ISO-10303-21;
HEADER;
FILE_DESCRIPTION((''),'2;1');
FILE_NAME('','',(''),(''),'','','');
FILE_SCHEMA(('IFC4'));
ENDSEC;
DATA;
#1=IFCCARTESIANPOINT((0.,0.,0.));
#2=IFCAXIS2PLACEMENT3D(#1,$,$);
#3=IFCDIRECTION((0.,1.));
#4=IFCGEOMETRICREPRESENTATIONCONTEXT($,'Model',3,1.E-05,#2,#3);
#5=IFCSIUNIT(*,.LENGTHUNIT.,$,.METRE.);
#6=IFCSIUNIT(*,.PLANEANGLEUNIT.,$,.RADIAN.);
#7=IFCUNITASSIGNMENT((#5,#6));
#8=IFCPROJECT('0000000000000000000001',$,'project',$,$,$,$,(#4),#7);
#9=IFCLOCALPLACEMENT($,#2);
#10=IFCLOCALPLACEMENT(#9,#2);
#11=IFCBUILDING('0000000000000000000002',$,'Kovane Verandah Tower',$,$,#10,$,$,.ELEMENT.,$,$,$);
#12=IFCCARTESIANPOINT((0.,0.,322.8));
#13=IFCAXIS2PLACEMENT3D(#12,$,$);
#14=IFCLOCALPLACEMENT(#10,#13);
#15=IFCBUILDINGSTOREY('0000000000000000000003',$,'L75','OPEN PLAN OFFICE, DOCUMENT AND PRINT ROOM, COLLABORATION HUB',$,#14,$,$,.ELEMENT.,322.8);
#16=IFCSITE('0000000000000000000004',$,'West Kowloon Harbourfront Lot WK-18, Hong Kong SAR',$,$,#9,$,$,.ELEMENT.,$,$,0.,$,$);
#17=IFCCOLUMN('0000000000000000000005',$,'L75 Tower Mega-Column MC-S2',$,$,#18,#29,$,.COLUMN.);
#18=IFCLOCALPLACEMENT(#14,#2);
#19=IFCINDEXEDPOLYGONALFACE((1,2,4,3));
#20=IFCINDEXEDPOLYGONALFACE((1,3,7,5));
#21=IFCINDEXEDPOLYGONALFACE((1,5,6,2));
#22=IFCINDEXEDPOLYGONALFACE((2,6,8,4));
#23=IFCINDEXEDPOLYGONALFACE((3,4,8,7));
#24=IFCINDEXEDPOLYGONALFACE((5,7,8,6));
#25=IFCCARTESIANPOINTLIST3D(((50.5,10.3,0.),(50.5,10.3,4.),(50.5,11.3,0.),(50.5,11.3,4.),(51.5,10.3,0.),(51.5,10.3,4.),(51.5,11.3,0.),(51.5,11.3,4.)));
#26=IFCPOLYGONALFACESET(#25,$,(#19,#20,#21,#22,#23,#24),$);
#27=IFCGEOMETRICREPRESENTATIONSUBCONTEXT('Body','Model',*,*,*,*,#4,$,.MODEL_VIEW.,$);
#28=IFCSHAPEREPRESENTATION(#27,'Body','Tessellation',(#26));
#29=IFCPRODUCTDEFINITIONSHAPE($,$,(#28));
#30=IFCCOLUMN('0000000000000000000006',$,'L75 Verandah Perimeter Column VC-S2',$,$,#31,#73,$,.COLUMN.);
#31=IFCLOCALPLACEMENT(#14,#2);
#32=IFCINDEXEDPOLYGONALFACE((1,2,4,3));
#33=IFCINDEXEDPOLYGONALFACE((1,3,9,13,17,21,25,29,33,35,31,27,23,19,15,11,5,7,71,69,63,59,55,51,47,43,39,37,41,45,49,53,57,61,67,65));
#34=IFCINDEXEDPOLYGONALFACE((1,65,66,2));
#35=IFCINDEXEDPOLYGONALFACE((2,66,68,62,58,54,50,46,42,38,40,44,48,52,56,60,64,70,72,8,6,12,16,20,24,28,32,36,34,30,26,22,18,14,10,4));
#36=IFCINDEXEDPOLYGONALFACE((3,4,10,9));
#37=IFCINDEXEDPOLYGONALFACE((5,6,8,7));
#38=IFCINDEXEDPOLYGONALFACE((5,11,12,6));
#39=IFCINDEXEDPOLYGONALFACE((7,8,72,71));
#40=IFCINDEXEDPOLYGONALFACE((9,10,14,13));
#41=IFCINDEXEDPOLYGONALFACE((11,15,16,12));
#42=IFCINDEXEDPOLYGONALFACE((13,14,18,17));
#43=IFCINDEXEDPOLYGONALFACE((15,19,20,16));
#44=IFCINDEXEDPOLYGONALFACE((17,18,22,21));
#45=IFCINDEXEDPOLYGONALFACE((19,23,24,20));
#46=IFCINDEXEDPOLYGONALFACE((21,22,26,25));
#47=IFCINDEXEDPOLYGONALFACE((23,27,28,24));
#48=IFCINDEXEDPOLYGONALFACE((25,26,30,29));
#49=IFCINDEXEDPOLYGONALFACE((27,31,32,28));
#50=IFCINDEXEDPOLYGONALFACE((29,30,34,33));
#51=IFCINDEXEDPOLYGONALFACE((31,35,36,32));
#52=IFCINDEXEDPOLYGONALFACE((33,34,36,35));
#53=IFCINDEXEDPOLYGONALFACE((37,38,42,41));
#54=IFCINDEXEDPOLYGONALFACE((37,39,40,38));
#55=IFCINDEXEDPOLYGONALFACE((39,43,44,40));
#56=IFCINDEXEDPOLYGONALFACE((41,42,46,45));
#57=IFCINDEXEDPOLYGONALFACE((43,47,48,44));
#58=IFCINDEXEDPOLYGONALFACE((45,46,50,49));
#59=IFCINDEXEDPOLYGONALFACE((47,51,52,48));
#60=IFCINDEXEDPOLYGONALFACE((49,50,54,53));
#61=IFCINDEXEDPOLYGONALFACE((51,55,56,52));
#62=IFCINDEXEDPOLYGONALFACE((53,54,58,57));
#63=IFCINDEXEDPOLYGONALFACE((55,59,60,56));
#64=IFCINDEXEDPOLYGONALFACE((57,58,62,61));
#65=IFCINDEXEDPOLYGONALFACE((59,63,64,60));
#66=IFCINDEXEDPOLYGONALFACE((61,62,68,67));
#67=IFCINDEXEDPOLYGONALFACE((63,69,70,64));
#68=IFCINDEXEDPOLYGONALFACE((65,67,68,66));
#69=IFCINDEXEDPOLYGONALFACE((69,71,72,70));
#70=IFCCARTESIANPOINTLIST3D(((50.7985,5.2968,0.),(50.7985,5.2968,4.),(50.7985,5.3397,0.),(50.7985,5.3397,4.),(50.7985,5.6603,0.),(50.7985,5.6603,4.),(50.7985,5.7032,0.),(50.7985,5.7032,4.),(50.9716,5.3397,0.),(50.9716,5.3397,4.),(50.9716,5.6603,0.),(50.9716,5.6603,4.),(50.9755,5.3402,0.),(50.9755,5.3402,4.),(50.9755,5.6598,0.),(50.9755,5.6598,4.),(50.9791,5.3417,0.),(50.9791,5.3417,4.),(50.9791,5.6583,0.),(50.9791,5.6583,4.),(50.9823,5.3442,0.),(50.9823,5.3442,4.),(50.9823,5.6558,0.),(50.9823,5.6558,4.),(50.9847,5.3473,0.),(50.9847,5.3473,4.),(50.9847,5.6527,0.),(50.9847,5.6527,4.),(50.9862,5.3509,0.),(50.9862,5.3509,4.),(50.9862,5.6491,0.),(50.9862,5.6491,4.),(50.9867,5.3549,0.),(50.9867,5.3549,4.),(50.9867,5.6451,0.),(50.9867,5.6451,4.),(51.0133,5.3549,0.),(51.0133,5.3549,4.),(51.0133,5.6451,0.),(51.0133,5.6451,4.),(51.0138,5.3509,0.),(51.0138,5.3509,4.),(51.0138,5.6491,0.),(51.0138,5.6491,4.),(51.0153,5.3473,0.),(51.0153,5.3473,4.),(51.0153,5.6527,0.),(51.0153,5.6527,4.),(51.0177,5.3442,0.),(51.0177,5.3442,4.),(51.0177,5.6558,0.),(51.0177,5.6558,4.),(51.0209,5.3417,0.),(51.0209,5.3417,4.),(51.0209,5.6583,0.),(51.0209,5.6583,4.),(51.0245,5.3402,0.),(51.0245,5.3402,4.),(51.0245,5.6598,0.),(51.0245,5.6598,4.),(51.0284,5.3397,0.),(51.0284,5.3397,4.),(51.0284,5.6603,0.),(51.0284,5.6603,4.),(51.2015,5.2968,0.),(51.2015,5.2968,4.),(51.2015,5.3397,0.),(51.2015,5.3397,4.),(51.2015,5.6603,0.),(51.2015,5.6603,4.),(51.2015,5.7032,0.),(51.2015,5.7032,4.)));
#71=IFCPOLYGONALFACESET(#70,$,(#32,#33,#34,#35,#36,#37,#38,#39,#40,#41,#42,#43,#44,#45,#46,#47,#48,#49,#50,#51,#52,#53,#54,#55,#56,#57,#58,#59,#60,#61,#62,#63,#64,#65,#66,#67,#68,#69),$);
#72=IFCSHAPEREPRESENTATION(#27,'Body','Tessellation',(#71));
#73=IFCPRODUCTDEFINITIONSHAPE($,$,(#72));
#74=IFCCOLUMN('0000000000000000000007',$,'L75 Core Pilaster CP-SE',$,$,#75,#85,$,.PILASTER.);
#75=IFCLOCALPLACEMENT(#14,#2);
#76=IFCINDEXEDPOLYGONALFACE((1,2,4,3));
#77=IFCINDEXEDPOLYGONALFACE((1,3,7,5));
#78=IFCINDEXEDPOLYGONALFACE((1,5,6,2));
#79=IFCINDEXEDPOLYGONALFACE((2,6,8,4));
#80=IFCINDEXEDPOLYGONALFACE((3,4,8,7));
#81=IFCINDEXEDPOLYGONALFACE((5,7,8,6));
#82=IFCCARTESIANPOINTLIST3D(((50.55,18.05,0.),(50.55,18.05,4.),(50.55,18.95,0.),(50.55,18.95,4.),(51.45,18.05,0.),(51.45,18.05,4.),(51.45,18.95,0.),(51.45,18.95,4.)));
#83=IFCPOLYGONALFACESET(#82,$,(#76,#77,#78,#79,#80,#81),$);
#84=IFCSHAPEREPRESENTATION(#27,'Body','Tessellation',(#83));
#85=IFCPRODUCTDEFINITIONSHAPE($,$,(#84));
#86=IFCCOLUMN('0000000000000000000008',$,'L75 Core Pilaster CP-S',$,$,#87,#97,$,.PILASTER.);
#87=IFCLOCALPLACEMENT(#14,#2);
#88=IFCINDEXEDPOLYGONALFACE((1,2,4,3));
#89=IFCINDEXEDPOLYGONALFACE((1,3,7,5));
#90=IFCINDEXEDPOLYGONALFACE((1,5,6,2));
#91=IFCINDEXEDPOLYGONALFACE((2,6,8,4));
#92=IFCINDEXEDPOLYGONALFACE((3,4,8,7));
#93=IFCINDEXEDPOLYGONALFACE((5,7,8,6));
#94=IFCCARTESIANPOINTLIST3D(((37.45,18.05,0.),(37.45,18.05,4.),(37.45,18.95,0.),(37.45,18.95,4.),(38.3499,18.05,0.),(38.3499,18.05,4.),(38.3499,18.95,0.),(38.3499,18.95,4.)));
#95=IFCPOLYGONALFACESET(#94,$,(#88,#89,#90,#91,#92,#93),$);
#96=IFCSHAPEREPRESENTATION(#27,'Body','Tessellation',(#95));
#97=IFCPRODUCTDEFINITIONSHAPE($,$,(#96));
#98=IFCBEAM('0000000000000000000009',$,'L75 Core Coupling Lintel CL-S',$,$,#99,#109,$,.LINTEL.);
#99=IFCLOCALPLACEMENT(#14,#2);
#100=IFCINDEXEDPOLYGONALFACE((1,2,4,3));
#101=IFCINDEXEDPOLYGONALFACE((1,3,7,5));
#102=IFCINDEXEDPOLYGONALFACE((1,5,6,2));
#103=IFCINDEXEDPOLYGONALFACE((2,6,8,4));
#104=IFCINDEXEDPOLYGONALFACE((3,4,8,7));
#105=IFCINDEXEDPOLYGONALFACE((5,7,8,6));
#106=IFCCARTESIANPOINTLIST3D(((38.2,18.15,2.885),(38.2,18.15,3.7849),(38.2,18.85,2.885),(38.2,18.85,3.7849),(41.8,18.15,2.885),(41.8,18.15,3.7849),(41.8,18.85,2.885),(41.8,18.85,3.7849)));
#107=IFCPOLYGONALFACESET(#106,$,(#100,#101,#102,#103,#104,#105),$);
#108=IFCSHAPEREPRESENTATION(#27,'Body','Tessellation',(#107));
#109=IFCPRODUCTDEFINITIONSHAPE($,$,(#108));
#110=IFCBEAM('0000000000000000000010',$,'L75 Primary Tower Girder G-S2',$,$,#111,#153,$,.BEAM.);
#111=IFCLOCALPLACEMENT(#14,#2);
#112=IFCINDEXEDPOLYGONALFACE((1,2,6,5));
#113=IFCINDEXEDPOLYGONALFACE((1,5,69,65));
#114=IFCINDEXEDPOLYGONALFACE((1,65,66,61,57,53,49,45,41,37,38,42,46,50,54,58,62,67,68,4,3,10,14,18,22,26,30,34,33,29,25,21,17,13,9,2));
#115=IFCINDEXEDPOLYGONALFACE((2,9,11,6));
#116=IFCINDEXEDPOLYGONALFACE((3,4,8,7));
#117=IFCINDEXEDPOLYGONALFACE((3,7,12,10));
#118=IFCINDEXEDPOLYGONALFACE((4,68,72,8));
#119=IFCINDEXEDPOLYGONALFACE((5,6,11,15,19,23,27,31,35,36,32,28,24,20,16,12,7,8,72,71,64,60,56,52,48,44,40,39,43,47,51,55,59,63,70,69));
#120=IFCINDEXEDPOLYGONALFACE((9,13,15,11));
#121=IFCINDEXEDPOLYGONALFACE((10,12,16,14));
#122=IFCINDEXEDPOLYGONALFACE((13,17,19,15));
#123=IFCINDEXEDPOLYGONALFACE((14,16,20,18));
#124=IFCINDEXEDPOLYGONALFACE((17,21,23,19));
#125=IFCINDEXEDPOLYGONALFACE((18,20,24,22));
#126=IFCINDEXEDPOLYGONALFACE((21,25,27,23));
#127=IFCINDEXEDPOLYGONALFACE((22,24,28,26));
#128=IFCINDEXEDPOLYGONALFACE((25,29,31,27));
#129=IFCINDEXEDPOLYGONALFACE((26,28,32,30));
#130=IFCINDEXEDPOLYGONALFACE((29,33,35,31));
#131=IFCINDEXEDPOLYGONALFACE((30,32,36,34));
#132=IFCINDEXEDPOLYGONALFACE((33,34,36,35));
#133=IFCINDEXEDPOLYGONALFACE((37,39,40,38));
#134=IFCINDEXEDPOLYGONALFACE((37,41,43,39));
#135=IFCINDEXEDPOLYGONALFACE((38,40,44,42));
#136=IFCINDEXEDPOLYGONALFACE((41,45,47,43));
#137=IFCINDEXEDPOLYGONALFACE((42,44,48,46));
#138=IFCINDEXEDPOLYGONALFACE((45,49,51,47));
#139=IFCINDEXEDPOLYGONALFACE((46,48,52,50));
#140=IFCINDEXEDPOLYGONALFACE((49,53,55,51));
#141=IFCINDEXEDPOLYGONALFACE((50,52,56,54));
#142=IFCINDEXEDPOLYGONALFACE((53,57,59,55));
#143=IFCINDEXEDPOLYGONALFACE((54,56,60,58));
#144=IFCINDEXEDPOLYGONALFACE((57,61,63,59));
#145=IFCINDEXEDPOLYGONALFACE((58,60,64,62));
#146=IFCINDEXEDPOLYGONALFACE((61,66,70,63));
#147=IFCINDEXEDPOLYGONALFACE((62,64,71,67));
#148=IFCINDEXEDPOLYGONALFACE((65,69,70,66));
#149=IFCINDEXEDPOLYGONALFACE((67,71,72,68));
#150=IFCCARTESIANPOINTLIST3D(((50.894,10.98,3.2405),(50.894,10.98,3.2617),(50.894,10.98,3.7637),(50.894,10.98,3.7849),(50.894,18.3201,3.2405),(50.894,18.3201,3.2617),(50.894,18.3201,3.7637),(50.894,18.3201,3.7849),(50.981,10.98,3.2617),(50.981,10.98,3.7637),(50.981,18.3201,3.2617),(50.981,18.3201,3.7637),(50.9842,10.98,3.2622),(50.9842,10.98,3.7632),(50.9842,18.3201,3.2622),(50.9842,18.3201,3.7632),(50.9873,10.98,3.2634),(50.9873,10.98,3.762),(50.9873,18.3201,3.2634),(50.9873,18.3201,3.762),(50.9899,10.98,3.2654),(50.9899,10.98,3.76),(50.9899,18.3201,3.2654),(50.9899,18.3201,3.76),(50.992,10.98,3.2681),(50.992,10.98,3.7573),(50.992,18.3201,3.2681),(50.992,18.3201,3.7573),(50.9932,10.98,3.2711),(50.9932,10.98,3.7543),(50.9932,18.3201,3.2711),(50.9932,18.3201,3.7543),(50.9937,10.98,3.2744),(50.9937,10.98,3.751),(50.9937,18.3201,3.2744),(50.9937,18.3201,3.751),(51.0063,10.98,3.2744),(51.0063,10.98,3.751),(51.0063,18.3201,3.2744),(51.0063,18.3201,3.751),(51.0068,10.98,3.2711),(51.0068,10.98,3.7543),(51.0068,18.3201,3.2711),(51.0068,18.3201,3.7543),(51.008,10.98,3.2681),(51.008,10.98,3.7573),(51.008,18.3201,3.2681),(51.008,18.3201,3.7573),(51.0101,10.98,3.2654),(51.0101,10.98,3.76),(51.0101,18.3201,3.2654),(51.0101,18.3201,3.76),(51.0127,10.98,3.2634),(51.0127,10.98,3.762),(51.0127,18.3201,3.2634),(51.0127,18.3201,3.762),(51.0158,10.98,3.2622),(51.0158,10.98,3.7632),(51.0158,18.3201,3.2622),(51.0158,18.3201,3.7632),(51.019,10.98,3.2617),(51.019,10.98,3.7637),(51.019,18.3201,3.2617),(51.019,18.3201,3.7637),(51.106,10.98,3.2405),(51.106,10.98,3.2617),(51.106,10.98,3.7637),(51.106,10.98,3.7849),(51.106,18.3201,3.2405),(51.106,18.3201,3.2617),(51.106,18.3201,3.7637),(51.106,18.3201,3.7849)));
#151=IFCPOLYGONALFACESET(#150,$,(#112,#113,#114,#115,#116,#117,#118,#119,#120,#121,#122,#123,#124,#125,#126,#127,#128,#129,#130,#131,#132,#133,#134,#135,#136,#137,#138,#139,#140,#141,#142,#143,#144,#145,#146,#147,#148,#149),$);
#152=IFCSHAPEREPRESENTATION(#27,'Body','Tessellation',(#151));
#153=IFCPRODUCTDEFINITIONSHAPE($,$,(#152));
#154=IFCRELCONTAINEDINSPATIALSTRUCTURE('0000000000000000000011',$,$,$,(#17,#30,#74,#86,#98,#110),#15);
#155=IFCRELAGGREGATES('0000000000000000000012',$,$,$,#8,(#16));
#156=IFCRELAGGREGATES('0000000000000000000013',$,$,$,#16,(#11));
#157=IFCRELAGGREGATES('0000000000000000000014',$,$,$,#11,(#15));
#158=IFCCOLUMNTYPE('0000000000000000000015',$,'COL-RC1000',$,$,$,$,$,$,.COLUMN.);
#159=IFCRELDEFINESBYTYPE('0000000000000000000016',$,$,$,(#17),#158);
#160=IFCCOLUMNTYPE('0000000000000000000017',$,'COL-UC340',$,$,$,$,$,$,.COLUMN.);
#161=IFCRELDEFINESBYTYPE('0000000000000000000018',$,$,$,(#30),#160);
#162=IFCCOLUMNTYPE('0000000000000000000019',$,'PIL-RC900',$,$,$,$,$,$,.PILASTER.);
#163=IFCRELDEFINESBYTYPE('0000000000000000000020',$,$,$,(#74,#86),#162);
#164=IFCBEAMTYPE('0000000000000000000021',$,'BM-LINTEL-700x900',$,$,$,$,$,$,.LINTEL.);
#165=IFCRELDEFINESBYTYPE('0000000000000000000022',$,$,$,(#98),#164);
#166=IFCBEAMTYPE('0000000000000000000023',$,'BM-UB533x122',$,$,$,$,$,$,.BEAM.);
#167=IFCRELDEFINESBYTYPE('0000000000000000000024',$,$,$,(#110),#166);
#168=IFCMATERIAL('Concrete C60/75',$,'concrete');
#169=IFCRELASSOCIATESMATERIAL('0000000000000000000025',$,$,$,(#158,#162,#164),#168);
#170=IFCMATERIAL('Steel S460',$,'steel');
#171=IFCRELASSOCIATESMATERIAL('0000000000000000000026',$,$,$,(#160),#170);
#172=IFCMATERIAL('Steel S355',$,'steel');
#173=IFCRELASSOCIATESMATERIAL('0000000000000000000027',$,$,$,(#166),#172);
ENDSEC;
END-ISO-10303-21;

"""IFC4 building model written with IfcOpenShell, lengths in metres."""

from ifc_helpers import new_model, si_unit, direction, frame, origin, origin_2d, place, context, subcontext, project, spatial, rectangle, i_section, extrude, material, material_profile, profile_set, type_object, element, save


model = new_model("IFC4")

# Units and contexts
model_context = context("Model", 3, precision=1e-05, world=origin(), true_north=direction((0.0, 1.0)))
body_context = subcontext(model_context, "Body", "Model", "MODEL_VIEW")
ifc_project = project(units=[si_unit("LENGTHUNIT", "METRE"), si_unit("PLANEANGLEUNIT", "RADIAN")], contexts=[model_context])

# Site, building, storey
site_placement = place(None, origin())
site = spatial("IfcSite", under=ifc_project, at=site_placement, Name="West Kowloon Harbourfront Lot WK-18, Hong Kong SAR", CompositionType="ELEMENT", RefElevation=0.0)
building_placement = place(site_placement, origin())
building = spatial("IfcBuilding", under=site, at=building_placement, Name="Kovane Verandah Tower", CompositionType="ELEMENT")
storey_placement = place(building_placement, frame((0.0, 0.0, 322.8)))
storey = spatial("IfcBuildingStorey", under=building, at=storey_placement, Name="L75", Description="OPEN PLAN OFFICE, DOCUMENT AND PRINT ROOM, COLLABORATION HUB", CompositionType="ELEMENT", Elevation=322.8)

# Columns
ifc_material_1 = material(Name="Concrete C60/75", Category="concrete")
ifc_material_profile_1 = material_profile(ifc_material_1, rectangle(XDim=1.0, YDim=1.0, at=origin_2d()), Name="RC1000x1000")
ifc_profile_set_1 = profile_set([ifc_material_profile_1], Name="Concrete C60/75")
column_type_1 = type_object("IfcColumnType", Name="COL-RC1000", PredefinedType="COLUMN", material=ifc_profile_set_1)
column_1_placement = place(storey_placement, frame((51.0, 10.8, 0.0), z_axis=(0.0, 0.0, 1.0), x_axis=(1.0, 0.0, 0.0)))
element("IfcColumn", 1, at=column_1_placement, inside=storey, type_object=column_type_1, Name="L75 Tower Mega-Column MC-S2", PredefinedType="COLUMN", context=body_context, shape_type="SweptSolid", body=[
    extrude(rectangle(XDim=1.0, YDim=1.0, at=origin_2d()), origin(), (0.0, 0.0, 1.0), 4.0),
])
ifc_material_2 = material(Name="Steel S460", Category="steel")
ifc_material_profile_2 = material_profile(ifc_material_2, i_section(OverallWidth=0.4031, OverallDepth=0.4065, WebThickness=0.0266, FlangeThickness=0.043, FilletRadius=0.0151, at=origin_2d()), Name="UC356x406x340")
ifc_profile_set_2 = profile_set([ifc_material_profile_2], Name="Steel S460")
column_type_2 = type_object("IfcColumnType", Name="COL-UC340", PredefinedType="COLUMN", material=ifc_profile_set_2)
column_2_placement = place(storey_placement, frame((51.0, 5.5, 0.0), z_axis=(0.0, 0.0, 1.0), x_axis=(1.0, 0.0, 0.0)))
element("IfcColumn", 2, at=column_2_placement, inside=storey, type_object=column_type_2, Name="L75 Verandah Perimeter Column VC-S2", PredefinedType="COLUMN", context=body_context, shape_type="SweptSolid", body=[
    extrude(i_section(OverallWidth=0.4031, OverallDepth=0.4065, WebThickness=0.0266, FlangeThickness=0.043, FilletRadius=0.0151, at=origin_2d()), origin(), (0.0, 0.0, 1.0), 4.0),
])
ifc_material_profile_3 = material_profile(ifc_material_1, rectangle(XDim=0.8999, YDim=0.8999, at=origin_2d()), Name="RC900x900")
ifc_profile_set_3 = profile_set([ifc_material_profile_3], Name="Concrete C60/75")
column_type_3 = type_object("IfcColumnType", Name="PIL-RC900", PredefinedType="PILASTER", material=ifc_profile_set_3)
for number, where, z_axis, x_axis, name in (
    (3, (51.0, 18.5, 0.0), (0.0, 0.0, 1.0), (1.0, 0.0, 0.0), "L75 Core Pilaster CP-SE"),
    (4, (37.8999, 18.5, 0.0), (0.0, 0.0, 1.0), (1.0, 0.0, 0.0), "L75 Core Pilaster CP-S"),
):
    element("IfcColumn", number, at=place(storey_placement, frame(where, z_axis=z_axis, x_axis=x_axis)), inside=storey, type_object=column_type_3, Name=name, PredefinedType="PILASTER", context=body_context, shape_type="SweptSolid", body=[
        extrude(rectangle(XDim=0.8999, YDim=0.8999, at=origin_2d()), origin(), (0.0, 0.0, 1.0), 4.0),
    ])

# Beams
ifc_material_profile_4 = material_profile(ifc_material_1, rectangle(XDim=0.7, YDim=0.8999, at=origin_2d()), Name="RCB700x900")
ifc_profile_set_4 = profile_set([ifc_material_profile_4], Name="Concrete C60/75")
beam_type_1 = type_object("IfcBeamType", Name="BM-LINTEL-700x900", PredefinedType="LINTEL", material=ifc_profile_set_4)
beam_1_placement = place(storey_placement, frame((38.2, 18.5, 3.335), z_axis=(1.0, 0.0, 0.0), x_axis=(0.0, 1.0, 0.0)))
element("IfcBeam", 5, at=beam_1_placement, inside=storey, type_object=beam_type_1, Name="L75 Core Coupling Lintel CL-S", PredefinedType="LINTEL", context=body_context, shape_type="SweptSolid", body=[
    extrude(rectangle(XDim=0.7, YDim=0.8999, at=origin_2d()), origin(), (0.0, 0.0, 1.0), 3.6001),
])
ifc_material_3 = material(Name="Steel S355", Category="steel")
ifc_material_profile_5 = material_profile(ifc_material_3, i_section(OverallWidth=0.2119, OverallDepth=0.5444, WebThickness=0.0127, FlangeThickness=0.0212, FilletRadius=0.0127, at=origin_2d()), Name="UB533x210x122")
ifc_profile_set_5 = profile_set([ifc_material_profile_5], Name="Steel S355")
beam_type_2 = type_object("IfcBeamType", Name="BM-UB533x122", PredefinedType="BEAM", material=ifc_profile_set_5)
beam_2_placement = place(storey_placement, frame((51.0, 18.3201, 3.5127), z_axis=(0.0, -1.0, 0.0), x_axis=(1.0, 0.0, 0.0)))
element("IfcBeam", 6, at=beam_2_placement, inside=storey, type_object=beam_type_2, Name="L75 Primary Tower Girder G-S2", PredefinedType="BEAM", context=body_context, shape_type="SweptSolid", body=[
    extrude(i_section(OverallWidth=0.2119, OverallDepth=0.5444, WebThickness=0.0127, FlangeThickness=0.0212, FilletRadius=0.0127, at=origin_2d()), origin(), (0.0, 0.0, 1.0), 7.3401),
])

save(model, "model.ifc")
